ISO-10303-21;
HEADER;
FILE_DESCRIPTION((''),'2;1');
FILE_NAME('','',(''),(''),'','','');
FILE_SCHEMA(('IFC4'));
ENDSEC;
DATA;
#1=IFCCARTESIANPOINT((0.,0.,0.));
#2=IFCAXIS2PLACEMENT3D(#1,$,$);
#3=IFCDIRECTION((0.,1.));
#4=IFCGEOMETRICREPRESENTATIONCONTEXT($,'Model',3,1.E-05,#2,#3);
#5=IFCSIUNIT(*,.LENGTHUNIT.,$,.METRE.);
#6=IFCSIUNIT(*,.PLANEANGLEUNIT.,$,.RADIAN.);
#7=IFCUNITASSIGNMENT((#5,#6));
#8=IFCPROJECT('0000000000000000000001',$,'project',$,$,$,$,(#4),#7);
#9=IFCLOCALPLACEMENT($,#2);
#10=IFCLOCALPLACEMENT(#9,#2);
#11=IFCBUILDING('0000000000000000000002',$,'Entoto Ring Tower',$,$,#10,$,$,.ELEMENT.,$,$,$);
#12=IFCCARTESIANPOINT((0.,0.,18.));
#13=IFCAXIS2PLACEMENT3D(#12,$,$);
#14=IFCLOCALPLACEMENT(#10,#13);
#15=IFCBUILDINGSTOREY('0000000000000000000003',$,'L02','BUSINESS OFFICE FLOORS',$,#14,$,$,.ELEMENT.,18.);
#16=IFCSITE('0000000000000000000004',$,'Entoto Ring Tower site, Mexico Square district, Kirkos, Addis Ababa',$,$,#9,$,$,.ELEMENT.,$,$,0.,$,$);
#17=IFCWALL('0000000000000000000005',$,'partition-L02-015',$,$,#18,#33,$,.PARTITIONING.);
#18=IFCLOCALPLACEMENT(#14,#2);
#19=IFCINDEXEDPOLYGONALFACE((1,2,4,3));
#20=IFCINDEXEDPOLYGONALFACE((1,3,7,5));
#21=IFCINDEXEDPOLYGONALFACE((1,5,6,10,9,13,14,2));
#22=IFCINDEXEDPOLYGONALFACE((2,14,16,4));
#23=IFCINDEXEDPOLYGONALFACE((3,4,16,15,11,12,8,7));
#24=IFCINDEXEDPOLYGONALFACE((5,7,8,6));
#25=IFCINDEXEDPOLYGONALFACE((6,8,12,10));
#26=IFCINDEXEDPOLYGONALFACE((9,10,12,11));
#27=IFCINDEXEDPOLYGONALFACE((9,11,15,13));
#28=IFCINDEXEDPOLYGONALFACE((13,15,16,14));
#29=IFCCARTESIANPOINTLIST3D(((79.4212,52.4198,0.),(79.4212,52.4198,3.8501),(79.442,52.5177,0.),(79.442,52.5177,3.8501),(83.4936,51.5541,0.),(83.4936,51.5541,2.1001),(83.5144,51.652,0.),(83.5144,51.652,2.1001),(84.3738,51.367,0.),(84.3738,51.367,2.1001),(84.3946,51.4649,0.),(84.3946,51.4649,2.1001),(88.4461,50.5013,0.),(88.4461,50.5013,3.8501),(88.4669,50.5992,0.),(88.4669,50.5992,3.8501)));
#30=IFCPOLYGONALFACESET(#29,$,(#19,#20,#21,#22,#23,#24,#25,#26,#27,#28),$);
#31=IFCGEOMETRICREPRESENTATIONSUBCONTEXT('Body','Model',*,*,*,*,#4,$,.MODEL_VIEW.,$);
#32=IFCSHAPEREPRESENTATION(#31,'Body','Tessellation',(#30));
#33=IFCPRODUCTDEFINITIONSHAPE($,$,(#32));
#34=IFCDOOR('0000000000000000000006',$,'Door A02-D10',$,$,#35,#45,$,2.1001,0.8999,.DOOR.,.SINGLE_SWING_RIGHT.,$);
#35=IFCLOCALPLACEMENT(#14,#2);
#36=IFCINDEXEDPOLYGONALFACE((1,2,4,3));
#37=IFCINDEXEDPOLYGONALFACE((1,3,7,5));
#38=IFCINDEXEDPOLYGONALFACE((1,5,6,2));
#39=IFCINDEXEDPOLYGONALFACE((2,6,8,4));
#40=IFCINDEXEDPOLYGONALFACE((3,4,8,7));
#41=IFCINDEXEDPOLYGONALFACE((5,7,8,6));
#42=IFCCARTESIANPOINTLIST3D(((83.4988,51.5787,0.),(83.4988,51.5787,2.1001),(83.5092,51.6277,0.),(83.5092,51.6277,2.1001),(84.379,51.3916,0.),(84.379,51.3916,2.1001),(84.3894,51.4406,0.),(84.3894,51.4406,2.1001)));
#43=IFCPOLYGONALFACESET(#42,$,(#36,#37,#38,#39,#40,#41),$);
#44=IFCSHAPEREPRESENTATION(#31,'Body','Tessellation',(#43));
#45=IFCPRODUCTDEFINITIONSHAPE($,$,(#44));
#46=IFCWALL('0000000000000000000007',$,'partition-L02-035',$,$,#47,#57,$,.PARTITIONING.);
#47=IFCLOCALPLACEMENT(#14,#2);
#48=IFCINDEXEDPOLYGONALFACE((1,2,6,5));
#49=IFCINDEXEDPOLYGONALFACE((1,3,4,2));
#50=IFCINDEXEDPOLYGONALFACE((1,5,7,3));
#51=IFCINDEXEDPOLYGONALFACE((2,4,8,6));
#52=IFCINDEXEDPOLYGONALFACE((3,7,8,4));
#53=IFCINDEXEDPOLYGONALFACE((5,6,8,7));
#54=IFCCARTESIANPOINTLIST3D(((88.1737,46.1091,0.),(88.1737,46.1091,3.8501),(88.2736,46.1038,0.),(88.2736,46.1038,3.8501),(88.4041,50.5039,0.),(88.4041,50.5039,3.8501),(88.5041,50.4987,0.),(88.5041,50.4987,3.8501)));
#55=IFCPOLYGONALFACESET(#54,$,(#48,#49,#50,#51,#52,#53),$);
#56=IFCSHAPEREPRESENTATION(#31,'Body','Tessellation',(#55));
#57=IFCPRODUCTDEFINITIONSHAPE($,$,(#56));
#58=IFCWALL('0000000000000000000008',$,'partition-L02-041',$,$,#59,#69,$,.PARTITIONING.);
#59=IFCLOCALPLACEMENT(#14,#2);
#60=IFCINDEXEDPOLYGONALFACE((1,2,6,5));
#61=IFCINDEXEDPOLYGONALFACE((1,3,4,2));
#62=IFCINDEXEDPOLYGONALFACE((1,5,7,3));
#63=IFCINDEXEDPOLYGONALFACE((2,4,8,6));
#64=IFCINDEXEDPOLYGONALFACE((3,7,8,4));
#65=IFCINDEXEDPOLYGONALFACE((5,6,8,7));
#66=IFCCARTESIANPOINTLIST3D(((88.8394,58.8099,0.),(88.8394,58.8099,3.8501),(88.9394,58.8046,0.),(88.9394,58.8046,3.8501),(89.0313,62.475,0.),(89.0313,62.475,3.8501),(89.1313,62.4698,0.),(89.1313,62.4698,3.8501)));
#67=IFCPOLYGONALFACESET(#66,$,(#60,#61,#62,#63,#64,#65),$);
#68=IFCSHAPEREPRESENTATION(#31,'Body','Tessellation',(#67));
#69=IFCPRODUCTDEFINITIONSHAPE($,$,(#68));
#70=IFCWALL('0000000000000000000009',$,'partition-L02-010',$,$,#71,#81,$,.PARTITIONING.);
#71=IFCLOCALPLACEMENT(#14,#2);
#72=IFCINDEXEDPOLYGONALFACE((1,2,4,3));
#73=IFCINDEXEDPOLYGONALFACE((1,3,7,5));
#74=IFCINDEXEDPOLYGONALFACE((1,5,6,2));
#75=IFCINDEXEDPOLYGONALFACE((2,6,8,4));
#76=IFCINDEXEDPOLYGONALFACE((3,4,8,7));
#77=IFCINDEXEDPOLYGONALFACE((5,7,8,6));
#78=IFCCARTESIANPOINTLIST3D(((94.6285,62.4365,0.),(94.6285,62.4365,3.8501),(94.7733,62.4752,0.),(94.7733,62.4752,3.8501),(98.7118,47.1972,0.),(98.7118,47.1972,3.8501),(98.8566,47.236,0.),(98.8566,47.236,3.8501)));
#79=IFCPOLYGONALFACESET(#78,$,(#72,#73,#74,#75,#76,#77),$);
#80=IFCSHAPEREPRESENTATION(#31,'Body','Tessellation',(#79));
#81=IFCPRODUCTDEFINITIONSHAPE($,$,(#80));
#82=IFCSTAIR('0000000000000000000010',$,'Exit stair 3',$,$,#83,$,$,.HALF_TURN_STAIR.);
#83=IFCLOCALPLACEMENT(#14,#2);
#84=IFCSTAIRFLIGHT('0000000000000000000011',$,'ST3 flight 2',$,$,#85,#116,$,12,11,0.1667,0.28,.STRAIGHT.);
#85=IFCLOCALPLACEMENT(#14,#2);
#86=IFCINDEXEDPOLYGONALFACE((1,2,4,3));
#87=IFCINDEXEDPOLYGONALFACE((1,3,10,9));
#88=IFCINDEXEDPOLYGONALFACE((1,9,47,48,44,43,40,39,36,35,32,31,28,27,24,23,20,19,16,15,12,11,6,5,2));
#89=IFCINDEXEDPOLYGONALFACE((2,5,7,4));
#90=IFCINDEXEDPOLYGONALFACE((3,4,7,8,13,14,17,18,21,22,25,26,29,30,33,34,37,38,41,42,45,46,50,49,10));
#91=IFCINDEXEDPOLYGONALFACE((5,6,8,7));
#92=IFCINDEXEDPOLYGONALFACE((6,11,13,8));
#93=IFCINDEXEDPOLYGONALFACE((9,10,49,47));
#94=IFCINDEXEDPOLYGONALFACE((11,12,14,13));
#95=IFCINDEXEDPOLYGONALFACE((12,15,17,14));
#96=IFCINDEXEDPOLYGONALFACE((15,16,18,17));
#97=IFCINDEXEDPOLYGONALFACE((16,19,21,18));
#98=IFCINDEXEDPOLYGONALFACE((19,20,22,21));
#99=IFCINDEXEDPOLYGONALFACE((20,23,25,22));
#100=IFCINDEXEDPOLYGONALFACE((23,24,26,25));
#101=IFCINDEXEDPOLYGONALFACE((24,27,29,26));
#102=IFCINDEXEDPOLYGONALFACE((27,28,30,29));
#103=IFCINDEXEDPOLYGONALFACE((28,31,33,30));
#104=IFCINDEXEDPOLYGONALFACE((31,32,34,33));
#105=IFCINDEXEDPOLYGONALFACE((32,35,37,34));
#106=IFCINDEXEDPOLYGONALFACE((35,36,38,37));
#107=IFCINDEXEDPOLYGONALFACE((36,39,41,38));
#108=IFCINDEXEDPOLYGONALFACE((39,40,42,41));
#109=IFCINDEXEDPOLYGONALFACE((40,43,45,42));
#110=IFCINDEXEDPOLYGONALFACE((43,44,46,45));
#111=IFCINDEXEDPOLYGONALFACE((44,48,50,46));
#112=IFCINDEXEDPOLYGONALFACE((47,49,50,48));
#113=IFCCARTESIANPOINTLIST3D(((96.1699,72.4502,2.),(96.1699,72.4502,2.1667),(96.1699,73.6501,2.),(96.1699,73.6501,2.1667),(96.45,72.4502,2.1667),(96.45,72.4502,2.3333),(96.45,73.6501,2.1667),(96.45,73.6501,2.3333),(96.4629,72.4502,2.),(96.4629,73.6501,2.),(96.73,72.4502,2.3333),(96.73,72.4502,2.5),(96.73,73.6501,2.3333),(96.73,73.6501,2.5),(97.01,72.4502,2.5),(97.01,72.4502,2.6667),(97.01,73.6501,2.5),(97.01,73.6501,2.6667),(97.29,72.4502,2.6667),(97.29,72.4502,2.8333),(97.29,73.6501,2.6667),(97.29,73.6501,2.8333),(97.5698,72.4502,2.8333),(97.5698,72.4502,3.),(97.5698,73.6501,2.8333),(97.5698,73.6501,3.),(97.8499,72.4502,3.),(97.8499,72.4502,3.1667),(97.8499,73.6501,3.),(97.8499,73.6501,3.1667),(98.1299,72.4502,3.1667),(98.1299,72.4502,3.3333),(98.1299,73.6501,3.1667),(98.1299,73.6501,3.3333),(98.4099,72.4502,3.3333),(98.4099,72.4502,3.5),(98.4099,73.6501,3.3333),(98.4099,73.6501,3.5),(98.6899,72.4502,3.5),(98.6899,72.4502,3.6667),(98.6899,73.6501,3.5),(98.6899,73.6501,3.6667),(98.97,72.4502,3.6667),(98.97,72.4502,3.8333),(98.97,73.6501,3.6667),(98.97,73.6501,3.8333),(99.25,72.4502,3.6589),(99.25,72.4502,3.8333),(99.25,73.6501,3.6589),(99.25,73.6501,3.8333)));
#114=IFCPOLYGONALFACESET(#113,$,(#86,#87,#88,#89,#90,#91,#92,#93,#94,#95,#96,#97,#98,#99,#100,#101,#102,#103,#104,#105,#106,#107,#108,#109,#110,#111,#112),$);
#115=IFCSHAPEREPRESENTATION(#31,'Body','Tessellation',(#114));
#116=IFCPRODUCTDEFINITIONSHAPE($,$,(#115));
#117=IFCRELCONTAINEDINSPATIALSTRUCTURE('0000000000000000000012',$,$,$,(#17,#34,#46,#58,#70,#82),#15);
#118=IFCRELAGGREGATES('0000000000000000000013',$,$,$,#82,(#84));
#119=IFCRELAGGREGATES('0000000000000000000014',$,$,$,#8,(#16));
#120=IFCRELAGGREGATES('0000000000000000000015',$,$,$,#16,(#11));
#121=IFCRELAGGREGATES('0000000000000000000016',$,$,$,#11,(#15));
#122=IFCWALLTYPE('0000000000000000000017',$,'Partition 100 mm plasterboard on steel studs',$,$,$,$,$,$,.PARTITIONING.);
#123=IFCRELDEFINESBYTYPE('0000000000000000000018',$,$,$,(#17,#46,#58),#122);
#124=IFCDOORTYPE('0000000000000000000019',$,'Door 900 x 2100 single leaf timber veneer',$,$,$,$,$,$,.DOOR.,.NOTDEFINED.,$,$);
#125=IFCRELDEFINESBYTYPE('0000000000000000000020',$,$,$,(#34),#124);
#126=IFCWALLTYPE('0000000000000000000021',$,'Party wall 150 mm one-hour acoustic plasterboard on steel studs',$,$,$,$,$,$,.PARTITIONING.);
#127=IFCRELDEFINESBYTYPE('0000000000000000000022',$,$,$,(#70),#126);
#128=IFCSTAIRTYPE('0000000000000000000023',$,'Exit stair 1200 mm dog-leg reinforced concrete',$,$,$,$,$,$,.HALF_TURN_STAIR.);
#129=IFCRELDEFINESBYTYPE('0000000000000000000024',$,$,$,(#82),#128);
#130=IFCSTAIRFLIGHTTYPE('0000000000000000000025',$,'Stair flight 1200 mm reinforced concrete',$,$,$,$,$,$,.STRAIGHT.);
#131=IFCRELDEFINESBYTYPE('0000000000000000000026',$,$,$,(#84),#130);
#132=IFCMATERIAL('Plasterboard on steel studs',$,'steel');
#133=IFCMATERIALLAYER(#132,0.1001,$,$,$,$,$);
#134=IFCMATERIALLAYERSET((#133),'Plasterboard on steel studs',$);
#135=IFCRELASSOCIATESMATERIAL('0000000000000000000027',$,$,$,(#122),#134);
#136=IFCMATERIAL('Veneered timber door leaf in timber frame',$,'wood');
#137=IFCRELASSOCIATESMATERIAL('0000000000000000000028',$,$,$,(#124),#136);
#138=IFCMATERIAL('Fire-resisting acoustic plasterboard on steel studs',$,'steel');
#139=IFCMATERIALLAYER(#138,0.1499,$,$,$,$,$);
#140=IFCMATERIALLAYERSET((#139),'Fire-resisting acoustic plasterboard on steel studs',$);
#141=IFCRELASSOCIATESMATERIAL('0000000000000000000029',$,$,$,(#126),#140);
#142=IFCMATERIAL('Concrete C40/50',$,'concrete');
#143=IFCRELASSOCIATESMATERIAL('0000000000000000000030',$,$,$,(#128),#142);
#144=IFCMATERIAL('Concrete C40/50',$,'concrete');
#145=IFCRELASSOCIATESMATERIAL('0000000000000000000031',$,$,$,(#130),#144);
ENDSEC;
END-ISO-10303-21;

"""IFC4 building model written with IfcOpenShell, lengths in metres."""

from ifc_helpers import new_model, si_unit, direction, frame, frame_2d, origin, place, context, subcontext, project, spatial, polyline, rectangle, outline, extrude, material, layer, layer_set, type_object, element, fill, aggregate, save


model = new_model("IFC4")

# Units and contexts
model_context = context("Model", 3, precision=1e-05, world=origin(), true_north=direction((0.0, 1.0)))
body_context = subcontext(model_context, "Body", "Model", "MODEL_VIEW")
ifc_project = project(units=[si_unit("LENGTHUNIT", "METRE"), si_unit("PLANEANGLEUNIT", "RADIAN")], contexts=[model_context])

# Site, building, storey
site_placement = place(None, origin())
site = spatial("IfcSite", under=ifc_project, at=site_placement, Name="Entoto Ring Tower site, Mexico Square district, Kirkos, Addis Ababa", CompositionType="ELEMENT", RefElevation=0.0)
building_placement = place(site_placement, origin())
building = spatial("IfcBuilding", under=site, at=building_placement, Name="Entoto Ring Tower", CompositionType="ELEMENT")
storey_placement = place(building_placement, frame((0.0, 0.0, 18.0)))
storey = spatial("IfcBuildingStorey", under=building, at=storey_placement, Name="L02", Description="BUSINESS OFFICE FLOORS", CompositionType="ELEMENT", Elevation=18.0)

# Wall, opening, door
ifc_material_1 = material(Name="Plasterboard on steel studs", Category="steel")
ifc_layer_1 = layer(ifc_material_1, 0.1001)
ifc_layer_set_1 = layer_set([ifc_layer_1], Name="Plasterboard on steel studs")
wall_type_1 = type_object("IfcWallType", Name="Partition 100 mm plasterboard on steel studs", PredefinedType="PARTITIONING", material=ifc_layer_set_1)
wall_1_placement = place(storey_placement, frame((88.4565, 50.5503, 0.0), z_axis=(0.0, 0.0, 1.0), x_axis=(-0.978144, 0.207928, 0.0)))
wall_1 = element("IfcWall", 1, at=wall_1_placement, inside=storey, type_object=wall_type_1, Name="partition-L02-015", PredefinedType="PARTITIONING", context=body_context, shape_type="SweptSolid", body=[
    extrude(rectangle(XDim=9.2266, YDim=0.1001, at=frame_2d((4.6133, 0.0))), origin(), (0.0, 0.0, 1.0), 3.8501),
])
opening_1_placement = place(wall_1_placement, frame((4.1633, 0.0, 0.0)))
opening_1 = element("IfcOpeningElement", 2, at=opening_1_placement, cuts=wall_1, PredefinedType="OPENING", context=body_context, shape_type="SweptSolid", body=[
    extrude(rectangle(XDim=0.8999, YDim=2.1001, at=frame_2d((0.45, 1.05))), frame((0.0, 0.0601, 0.0), z_axis=(0.0, -1.0, 0.0), x_axis=(1.0, 0.0, 0.0)), (0.0, 0.0, 1.0), 0.1201),
])
ifc_material_2 = material(Name="Veneered timber door leaf in timber frame", Category="wood")
door_type_1 = type_object("IfcDoorType", Name="Door 900 x 2100 single leaf timber veneer", OperationType="NOTDEFINED", PredefinedType="DOOR", material=ifc_material_2)
door_1_placement = place(opening_1_placement, origin())
door_1 = element("IfcDoor", 3, at=door_1_placement, inside=storey, type_object=door_type_1, Name="Door A02-D10", OperationType="SINGLE_SWING_RIGHT", OverallHeight=2.1001, OverallWidth=0.8999, PredefinedType="DOOR", context=body_context, shape_type="SweptSolid", body=[
    extrude(rectangle(XDim=0.8999, YDim=2.1001, at=frame_2d((0.45, 1.05))), frame((0.0, 0.0249, 0.0), z_axis=(0.0, -1.0, 0.0), x_axis=(1.0, 0.0, 0.0)), (0.0, 0.0, 1.0), 0.05),
])
fill(opening_1, door_1)

# Walls
wall_2_placement = place(storey_placement, frame((88.2236, 46.1064, 0.0), z_axis=(0.0, 0.0, 1.0), x_axis=(0.05237, 0.998628, 0.0)))
element("IfcWall", 4, at=wall_2_placement, inside=storey, type_object=wall_type_1, Name="partition-L02-035", PredefinedType="PARTITIONING", context=body_context, shape_type="SweptSolid", body=[
    extrude(rectangle(XDim=4.4009, YDim=0.1001, at=frame_2d((2.2004, 0.0))), origin(), (0.0, 0.0, 1.0), 3.8501),
])
wall_3_placement = place(storey_placement, frame((88.8894, 58.8074, 0.0), z_axis=(0.0, 0.0, 1.0), x_axis=(0.052286, 0.998632, 0.0)))
element("IfcWall", 5, at=wall_3_placement, inside=storey, type_object=wall_type_1, Name="partition-L02-041", PredefinedType="PARTITIONING", context=body_context, shape_type="SweptSolid", body=[
    extrude(rectangle(XDim=3.6702, YDim=0.1001, at=frame_2d((1.835, 0.0))), origin(), (0.0, 0.0, 1.0), 3.8501),
])
ifc_material_3 = material(Name="Fire-resisting acoustic plasterboard on steel studs", Category="steel")
ifc_layer_2 = layer(ifc_material_3, 0.1499)
ifc_layer_set_2 = layer_set([ifc_layer_2], Name="Fire-resisting acoustic plasterboard on steel studs")
wall_type_2 = type_object("IfcWallType", Name="Party wall 150 mm one-hour acoustic plasterboard on steel studs", PredefinedType="PARTITIONING", material=ifc_layer_set_2)
wall_4_placement = place(storey_placement, frame((98.7842, 47.2166, 0.0), z_axis=(0.0, 0.0, 1.0), x_axis=(-0.258813, 0.965927, 0.0)))
element("IfcWall", 6, at=wall_4_placement, inside=storey, type_object=wall_type_2, Name="partition-L02-010", PredefinedType="PARTITIONING", context=body_context, shape_type="SweptSolid", body=[
    extrude(rectangle(XDim=15.7769, YDim=0.1499, at=frame_2d((7.8884, 0.0))), origin(), (0.0, 0.0, 1.0), 3.8501),
])

# Stair, stair flight
ifc_material_4 = material(Name="Concrete C40/50", Category="concrete")
stair_type = type_object("IfcStairType", Name="Exit stair 1200 mm dog-leg reinforced concrete", PredefinedType="HALF_TURN_STAIR", material=ifc_material_4)
stair_placement = place(storey_placement, origin())
stair = element("IfcStair", 7, at=stair_placement, inside=storey, type_object=stair_type, Name="Exit stair 3", PredefinedType="HALF_TURN_STAIR")
ifc_material_5 = material(Name="Concrete C40/50", Category="concrete")
stair_flight_type = type_object("IfcStairFlightType", Name="Stair flight 1200 mm reinforced concrete", PredefinedType="STRAIGHT", material=ifc_material_5)
stair_flight_placement = place(storey_placement, frame((96.1699, 73.05, 2.0), z_axis=(0.0, 0.0, 1.0), x_axis=(1.0, 0.0, 0.0)))
stair_flight = element("IfcStairFlight", 8, at=stair_flight_placement, type_object=stair_flight_type, Name="ST3 flight 2", NumberOfRisers=12, NumberOfTreads=11, PredefinedType="STRAIGHT", RiserHeight=0.1667, TreadLength=0.28, context=body_context, shape_type="SweptSolid", body=[
    extrude(outline(polyline([(0.0, 0.0), (0.0, 0.1667), (0.28, 0.1667), (0.28, 0.3333), (0.5601, 0.3333), (0.5601, 0.5), (0.8401, 0.5), (0.8401, 0.6667), (1.1201, 0.6667), (1.1201, 0.8333), (1.3999, 0.8333), (1.3999, 1.0), (1.6799, 1.0), (1.6799, 1.1667), (1.96, 1.1667), (1.96, 1.3333), (2.24, 1.3333), (2.24, 1.5), (2.52, 1.5), (2.52, 1.6667), (2.8, 1.6667), (2.8, 1.8333), (3.0801, 1.8333), (3.0801, 2.0), (3.0801, 1.6589), (0.293, 0.0), (0.0, 0.0)])), frame((0.0, 0.6001, 0.0), z_axis=(0.0, -1.0, 0.0), x_axis=(1.0, 0.0, 0.0)), (0.0, 0.0, 1.0), 1.2),
])
aggregate(stair, [stair_flight])

save(model, "model.ifc")
